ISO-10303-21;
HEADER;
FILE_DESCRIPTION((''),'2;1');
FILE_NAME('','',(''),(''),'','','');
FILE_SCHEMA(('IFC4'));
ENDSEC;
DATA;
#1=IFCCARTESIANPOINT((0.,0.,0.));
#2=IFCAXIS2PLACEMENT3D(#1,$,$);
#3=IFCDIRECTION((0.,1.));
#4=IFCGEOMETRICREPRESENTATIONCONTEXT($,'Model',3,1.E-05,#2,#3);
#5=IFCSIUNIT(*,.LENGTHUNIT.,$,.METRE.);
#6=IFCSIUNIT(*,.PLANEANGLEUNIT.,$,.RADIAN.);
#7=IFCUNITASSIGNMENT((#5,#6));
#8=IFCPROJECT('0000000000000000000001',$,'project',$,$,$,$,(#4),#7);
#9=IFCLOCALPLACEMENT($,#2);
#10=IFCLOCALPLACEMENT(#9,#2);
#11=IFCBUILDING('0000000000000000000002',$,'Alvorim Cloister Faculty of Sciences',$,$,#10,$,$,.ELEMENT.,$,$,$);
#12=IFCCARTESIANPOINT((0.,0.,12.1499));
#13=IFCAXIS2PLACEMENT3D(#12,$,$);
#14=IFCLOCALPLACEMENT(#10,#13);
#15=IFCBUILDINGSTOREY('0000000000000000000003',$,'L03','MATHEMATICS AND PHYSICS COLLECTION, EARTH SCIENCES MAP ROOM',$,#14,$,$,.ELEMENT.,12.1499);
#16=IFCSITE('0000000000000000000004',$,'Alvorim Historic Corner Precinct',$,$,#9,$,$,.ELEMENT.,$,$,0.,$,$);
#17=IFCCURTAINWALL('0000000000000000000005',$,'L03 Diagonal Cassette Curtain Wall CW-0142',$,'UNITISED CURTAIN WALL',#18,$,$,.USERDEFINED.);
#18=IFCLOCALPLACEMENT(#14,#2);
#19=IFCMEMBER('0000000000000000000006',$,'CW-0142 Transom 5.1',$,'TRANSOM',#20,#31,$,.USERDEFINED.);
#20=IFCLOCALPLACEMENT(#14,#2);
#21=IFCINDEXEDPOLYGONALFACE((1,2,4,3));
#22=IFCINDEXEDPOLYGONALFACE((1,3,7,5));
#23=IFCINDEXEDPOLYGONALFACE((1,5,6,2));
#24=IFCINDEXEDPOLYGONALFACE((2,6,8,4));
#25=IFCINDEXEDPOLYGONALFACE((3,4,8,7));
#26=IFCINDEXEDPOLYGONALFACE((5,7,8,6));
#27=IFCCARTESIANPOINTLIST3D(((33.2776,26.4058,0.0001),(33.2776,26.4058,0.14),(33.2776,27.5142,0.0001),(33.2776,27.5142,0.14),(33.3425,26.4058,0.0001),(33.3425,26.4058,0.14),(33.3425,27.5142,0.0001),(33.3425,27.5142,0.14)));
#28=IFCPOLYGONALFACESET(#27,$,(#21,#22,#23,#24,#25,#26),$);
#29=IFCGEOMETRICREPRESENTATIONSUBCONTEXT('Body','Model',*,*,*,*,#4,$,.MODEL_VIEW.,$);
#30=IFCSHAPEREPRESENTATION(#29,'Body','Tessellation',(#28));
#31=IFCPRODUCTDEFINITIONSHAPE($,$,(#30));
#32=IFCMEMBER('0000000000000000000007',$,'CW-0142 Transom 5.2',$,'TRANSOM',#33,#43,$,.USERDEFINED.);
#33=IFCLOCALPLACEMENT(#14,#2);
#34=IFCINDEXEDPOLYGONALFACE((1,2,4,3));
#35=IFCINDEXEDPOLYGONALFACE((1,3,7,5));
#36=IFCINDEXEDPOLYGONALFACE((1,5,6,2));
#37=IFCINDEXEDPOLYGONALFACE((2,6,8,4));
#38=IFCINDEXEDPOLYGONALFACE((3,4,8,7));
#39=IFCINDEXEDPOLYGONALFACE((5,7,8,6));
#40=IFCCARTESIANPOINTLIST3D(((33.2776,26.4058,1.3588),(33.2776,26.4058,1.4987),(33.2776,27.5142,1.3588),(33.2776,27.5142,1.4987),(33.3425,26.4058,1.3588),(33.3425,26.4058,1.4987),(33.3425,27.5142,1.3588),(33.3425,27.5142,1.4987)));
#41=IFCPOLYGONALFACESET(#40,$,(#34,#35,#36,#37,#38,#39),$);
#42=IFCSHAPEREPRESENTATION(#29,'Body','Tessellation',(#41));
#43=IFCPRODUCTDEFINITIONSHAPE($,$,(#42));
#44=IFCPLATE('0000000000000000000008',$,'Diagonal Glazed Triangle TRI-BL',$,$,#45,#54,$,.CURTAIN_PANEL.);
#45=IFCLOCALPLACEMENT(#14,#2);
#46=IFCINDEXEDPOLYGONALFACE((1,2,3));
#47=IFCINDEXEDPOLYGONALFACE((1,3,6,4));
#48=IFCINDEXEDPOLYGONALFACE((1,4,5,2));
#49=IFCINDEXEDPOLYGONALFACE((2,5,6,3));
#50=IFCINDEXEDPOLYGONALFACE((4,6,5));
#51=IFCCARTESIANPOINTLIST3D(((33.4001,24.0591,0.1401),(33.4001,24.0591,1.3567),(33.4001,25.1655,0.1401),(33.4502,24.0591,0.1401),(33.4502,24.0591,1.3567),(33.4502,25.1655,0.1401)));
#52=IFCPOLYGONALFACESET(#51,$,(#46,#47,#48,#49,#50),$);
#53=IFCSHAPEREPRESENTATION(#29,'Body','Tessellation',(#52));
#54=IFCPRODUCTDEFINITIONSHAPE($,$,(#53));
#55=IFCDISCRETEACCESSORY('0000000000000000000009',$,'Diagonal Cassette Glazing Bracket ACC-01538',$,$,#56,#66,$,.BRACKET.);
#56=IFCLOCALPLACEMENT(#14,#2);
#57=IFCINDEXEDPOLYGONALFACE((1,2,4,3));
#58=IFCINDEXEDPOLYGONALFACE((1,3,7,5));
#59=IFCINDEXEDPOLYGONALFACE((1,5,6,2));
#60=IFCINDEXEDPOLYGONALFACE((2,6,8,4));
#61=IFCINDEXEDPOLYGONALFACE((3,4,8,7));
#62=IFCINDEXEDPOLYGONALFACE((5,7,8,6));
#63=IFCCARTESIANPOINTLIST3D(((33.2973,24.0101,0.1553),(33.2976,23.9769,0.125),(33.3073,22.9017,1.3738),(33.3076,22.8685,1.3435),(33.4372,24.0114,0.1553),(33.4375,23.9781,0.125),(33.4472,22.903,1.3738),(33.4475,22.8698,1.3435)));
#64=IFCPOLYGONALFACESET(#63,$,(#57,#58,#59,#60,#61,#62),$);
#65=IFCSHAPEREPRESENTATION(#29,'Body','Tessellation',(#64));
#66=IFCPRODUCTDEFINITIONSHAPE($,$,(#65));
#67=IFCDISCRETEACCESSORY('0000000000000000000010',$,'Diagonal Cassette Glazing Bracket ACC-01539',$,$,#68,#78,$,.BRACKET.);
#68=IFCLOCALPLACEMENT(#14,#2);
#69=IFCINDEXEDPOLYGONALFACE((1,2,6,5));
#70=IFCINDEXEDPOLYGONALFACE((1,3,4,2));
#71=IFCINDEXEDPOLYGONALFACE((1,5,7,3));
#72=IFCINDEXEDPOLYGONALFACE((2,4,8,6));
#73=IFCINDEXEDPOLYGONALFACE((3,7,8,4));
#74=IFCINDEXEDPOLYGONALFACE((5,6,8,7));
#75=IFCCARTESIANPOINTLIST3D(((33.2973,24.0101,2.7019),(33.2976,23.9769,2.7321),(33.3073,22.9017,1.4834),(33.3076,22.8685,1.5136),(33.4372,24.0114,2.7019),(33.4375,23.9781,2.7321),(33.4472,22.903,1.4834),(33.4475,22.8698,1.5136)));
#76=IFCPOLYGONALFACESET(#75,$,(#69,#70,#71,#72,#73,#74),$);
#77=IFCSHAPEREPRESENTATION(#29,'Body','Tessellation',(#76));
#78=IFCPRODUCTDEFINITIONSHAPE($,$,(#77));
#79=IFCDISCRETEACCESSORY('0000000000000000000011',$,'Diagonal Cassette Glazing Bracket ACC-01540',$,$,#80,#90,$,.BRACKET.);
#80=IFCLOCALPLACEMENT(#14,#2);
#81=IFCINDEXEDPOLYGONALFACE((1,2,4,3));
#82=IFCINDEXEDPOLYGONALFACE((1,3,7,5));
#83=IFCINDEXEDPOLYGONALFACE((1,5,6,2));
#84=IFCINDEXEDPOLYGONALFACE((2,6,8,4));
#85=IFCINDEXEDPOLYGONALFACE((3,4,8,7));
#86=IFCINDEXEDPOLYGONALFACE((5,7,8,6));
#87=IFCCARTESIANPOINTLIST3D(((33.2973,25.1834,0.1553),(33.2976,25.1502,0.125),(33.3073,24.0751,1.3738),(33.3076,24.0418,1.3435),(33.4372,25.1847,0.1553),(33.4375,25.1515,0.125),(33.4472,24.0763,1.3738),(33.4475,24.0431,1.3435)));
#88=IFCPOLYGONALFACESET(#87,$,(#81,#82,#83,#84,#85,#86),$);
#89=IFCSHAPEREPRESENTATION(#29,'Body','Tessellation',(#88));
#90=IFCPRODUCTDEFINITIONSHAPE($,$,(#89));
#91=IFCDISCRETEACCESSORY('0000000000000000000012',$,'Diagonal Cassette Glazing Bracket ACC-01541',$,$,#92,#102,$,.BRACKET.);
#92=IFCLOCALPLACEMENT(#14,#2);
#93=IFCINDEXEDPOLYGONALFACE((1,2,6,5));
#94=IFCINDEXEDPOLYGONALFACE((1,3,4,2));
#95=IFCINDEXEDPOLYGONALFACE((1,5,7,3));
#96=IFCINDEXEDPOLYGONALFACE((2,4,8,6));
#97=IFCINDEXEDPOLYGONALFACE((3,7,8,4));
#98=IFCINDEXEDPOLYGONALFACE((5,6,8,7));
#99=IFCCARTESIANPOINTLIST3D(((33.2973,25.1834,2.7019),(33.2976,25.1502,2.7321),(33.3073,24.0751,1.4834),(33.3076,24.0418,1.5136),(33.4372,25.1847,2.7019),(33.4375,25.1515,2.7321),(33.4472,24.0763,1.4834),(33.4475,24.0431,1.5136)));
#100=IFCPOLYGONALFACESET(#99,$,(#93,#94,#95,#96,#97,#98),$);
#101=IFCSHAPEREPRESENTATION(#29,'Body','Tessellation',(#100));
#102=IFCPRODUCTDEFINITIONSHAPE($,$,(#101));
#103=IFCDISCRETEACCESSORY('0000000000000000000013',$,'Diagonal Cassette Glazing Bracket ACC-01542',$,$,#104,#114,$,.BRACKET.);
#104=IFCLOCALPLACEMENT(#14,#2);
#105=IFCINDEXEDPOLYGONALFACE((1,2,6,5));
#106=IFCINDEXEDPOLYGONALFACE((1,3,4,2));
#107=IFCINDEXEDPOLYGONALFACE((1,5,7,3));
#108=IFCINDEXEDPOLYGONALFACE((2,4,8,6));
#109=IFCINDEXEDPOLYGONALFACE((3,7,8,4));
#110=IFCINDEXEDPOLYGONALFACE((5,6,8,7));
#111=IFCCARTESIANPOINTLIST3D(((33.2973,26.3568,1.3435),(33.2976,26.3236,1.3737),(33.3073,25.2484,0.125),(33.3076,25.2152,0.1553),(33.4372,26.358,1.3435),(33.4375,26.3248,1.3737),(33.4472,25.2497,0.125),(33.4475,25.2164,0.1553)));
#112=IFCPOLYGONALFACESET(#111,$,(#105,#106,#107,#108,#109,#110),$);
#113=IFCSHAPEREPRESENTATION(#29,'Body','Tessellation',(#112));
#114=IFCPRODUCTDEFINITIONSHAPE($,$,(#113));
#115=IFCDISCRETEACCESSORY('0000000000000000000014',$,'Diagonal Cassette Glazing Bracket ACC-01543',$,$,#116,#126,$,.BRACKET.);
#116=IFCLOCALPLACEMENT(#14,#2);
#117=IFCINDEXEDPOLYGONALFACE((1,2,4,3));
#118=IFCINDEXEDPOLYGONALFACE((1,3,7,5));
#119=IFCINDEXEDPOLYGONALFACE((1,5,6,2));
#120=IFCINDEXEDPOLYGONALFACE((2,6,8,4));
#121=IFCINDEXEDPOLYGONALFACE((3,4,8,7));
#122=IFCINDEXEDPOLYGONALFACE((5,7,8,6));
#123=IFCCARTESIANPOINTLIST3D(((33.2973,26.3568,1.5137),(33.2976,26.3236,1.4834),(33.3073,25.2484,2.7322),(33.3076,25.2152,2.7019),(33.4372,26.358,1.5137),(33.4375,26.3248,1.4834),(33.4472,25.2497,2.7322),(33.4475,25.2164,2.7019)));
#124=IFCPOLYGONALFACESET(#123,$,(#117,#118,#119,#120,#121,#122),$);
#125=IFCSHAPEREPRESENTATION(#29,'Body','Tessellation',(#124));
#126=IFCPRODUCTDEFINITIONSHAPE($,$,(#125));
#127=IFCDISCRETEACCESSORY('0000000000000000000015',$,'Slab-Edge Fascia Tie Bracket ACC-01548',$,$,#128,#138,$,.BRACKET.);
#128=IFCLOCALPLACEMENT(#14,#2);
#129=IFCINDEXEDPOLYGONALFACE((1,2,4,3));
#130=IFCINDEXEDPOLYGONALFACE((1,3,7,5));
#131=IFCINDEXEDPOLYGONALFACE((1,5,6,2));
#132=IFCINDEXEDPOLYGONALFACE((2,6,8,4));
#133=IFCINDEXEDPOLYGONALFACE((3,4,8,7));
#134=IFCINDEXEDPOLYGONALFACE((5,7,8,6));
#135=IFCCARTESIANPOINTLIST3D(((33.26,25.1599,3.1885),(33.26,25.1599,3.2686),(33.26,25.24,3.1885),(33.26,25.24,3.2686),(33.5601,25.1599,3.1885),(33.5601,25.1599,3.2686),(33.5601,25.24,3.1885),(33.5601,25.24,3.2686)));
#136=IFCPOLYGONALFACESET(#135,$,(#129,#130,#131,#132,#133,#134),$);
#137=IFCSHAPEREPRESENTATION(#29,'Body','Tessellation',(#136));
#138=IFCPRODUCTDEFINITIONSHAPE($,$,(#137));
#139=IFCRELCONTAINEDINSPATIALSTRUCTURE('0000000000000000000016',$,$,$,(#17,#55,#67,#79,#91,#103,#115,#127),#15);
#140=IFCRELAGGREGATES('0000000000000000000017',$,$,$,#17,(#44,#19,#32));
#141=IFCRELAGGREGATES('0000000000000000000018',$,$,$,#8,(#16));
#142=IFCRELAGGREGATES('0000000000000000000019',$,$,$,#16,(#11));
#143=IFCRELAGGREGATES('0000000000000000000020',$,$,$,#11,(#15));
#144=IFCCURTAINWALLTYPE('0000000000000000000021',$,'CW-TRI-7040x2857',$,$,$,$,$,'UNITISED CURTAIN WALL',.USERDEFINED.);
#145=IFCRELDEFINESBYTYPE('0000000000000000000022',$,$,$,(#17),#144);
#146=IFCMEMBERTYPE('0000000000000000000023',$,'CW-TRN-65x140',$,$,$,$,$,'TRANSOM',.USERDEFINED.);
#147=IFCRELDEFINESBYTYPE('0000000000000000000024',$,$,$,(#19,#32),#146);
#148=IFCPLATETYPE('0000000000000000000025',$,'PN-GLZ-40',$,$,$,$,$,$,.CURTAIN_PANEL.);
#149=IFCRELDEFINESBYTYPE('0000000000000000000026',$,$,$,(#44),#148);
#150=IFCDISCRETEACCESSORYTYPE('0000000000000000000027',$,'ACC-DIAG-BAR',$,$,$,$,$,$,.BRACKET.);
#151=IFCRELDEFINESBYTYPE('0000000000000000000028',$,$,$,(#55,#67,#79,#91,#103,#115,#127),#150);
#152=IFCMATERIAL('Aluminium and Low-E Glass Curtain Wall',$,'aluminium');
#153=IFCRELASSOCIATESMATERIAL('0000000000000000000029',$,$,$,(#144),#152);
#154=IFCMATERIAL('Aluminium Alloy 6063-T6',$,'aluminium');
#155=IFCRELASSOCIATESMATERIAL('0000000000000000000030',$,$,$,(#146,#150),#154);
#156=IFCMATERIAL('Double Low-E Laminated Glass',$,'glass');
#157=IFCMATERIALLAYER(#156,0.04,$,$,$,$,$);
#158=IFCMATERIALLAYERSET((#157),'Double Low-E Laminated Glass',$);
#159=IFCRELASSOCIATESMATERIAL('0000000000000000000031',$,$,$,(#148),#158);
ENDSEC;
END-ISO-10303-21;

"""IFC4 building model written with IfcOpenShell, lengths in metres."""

from ifc_helpers import new_model, si_unit, direction, frame, origin, origin_2d, place, context, subcontext, project, spatial, polyline, rectangle, outline, extrude, material, layer, layer_set, material_profile, profile_set, type_object, element, aggregate, save


model = new_model("IFC4")

# Units and contexts
model_context = context("Model", 3, precision=1e-05, world=origin(), true_north=direction((0.0, 1.0)))
body_context = subcontext(model_context, "Body", "Model", "MODEL_VIEW")
ifc_project = project(units=[si_unit("LENGTHUNIT", "METRE"), si_unit("PLANEANGLEUNIT", "RADIAN")], contexts=[model_context])

# Site, building, storey
site_placement = place(None, origin())
site = spatial("IfcSite", under=ifc_project, at=site_placement, Name="Alvorim Historic Corner Precinct", CompositionType="ELEMENT", RefElevation=0.0)
building_placement = place(site_placement, origin())
building = spatial("IfcBuilding", under=site, at=building_placement, Name="Alvorim Cloister Faculty of Sciences", CompositionType="ELEMENT")
storey_placement = place(building_placement, frame((0.0, 0.0, 12.1499)))
storey = spatial("IfcBuildingStorey", under=building, at=storey_placement, Name="L03", Description="MATHEMATICS AND PHYSICS COLLECTION, EARTH SCIENCES MAP ROOM", CompositionType="ELEMENT", Elevation=12.1499)

# Curtain wall, members, plate
ifc_material_1 = material(Name="Aluminium and Low-E Glass Curtain Wall", Category="aluminium")
curtain_wall_type = type_object("IfcCurtainWallType", Name="CW-TRI-7040x2857", ElementType="UNITISED CURTAIN WALL", PredefinedType="USERDEFINED", material=ifc_material_1)
curtain_wall_placement = place(storey_placement, origin())
curtain_wall = element("IfcCurtainWall", 1, at=curtain_wall_placement, inside=storey, type_object=curtain_wall_type, Name="L03 Diagonal Cassette Curtain Wall CW-0142", ObjectType="UNITISED CURTAIN WALL", PredefinedType="USERDEFINED")
ifc_material_2 = material(Name="Aluminium Alloy 6063-T6", Category="aluminium")
ifc_material_profile_1 = material_profile(ifc_material_2, rectangle(XDim=0.0649, YDim=0.1399, at=origin_2d()), Name="ALU-TRN-65x140")
ifc_profile_set_1 = profile_set([ifc_material_profile_1], Name="Aluminium Alloy 6063-T6")
member_type_1 = type_object("IfcMemberType", Name="CW-TRN-65x140", ElementType="TRANSOM", PredefinedType="USERDEFINED", material=ifc_profile_set_1)
member_1_placement = place(storey_placement, frame((33.3101, 26.4058, 0.0701), z_axis=(0.0, 1.0, 0.0), x_axis=(-1.0, 0.0, 0.0)))
member_1 = element("IfcMember", 2, at=member_1_placement, type_object=member_type_1, Name="CW-0142 Transom 5.1", ObjectType="TRANSOM", PredefinedType="USERDEFINED", context=body_context, shape_type="SweptSolid", body=[
    extrude(rectangle(XDim=0.0649, YDim=0.1399, at=origin_2d()), origin(), (0.0, 0.0, 1.0), 1.1084),
])
member_2_placement = place(storey_placement, frame((33.3101, 26.4058, 1.4287), z_axis=(0.0, 1.0, 0.0), x_axis=(-1.0, 0.0, 0.0)))
member_2 = element("IfcMember", 3, at=member_2_placement, type_object=member_type_1, Name="CW-0142 Transom 5.2", ObjectType="TRANSOM", PredefinedType="USERDEFINED", context=body_context, shape_type="SweptSolid", body=[
    extrude(rectangle(XDim=0.0649, YDim=0.1399, at=origin_2d()), origin(), (0.0, 0.0, 1.0), 1.1084),
])
ifc_material_3 = material(Name="Double Low-E Laminated Glass", Category="glass")
ifc_layer = layer(ifc_material_3, 0.04)
ifc_layer_set = layer_set([ifc_layer], Name="Double Low-E Laminated Glass")
plate_type = type_object("IfcPlateType", Name="PN-GLZ-40", PredefinedType="CURTAIN_PANEL", material=ifc_layer_set)
plate_1_placement = place(storey_placement, frame((33.425, 24.0591, 0.1401), z_axis=(0.0, 0.0, 1.0), x_axis=(0.0, 1.0, 0.0)))
plate_1 = element("IfcPlate", 4, at=plate_1_placement, type_object=plate_type, Name="Diagonal Glazed Triangle TRI-BL", PredefinedType="CURTAIN_PANEL", context=body_context, shape_type="SweptSolid", body=[
    extrude(outline(polyline([(0.0, 0.0), (1.1064, 0.0), (0.0, 1.2166), (0.0, 0.0)])), frame((0.0, 0.0249, 0.0), z_axis=(0.0, -1.0, 0.0), x_axis=(1.0, 0.0, 0.0)), (0.0, 0.0, 1.0), 0.05),
])
aggregate(curtain_wall, [plate_1, member_1, member_2])

# Discrete accessories
discrete_accessory_type = type_object("IfcDiscreteAccessoryType", Name="ACC-DIAG-BAR", PredefinedType="BRACKET", material=ifc_material_2)
for number, where, z_axis, x_axis, name in (
    (5, (33.3774, 22.8857, 1.3586), (-0.006077, 0.672882, -0.739725), (-0.999959, -0.00903, 0.0), "Diagonal Cassette Glazing Bracket ACC-01538"),
    (6, (33.3774, 22.8857, 1.4985), (-0.006077, 0.672882, 0.739725), (-0.999959, -0.00903, 0.0), "Diagonal Cassette Glazing Bracket ACC-01539"),
    (7, (33.3774, 24.0591, 1.3586), (-0.006077, 0.672882, -0.739725), (-0.999959, -0.00903, 0.0), "Diagonal Cassette Glazing Bracket ACC-01540"),
    (8, (33.3774, 24.0591, 1.4985), (-0.006077, 0.672882, 0.739725), (-0.999959, -0.00903, 0.0), "Diagonal Cassette Glazing Bracket ACC-01541"),
    (9, (33.3774, 25.2324, 0.1401), (-0.006077, 0.672882, 0.739725), (-0.999959, -0.00903, 0.0), "Diagonal Cassette Glazing Bracket ACC-01542"),
    (10, (33.3774, 25.2324, 2.717), (-0.006077, 0.672882, -0.739725), (-0.999959, -0.00903, 0.0), "Diagonal Cassette Glazing Bracket ACC-01543"),
):
    element("IfcDiscreteAccessory", number, at=place(storey_placement, frame(where, z_axis=z_axis, x_axis=x_axis)), inside=storey, type_object=discrete_accessory_type, Name=name, PredefinedType="BRACKET", context=body_context, shape_type="SweptSolid", body=[
        extrude(rectangle(XDim=0.1399, YDim=0.0449, at=origin_2d()), origin(), (0.0, 0.0, 1.0), 1.6472),
    ])
discrete_accessory_placement = place(storey_placement, frame((33.26, 25.2, 3.2285), z_axis=(1.0, 0.0, 0.0), x_axis=(0.0, 1.0, 0.0)))
element("IfcDiscreteAccessory", 11, at=discrete_accessory_placement, inside=storey, type_object=discrete_accessory_type, Name="Slab-Edge Fascia Tie Bracket ACC-01548", PredefinedType="BRACKET", context=body_context, shape_type="SweptSolid", body=[
    extrude(rectangle(XDim=0.0801, YDim=0.0801, at=origin_2d()), origin(), (0.0, 0.0, 1.0), 0.3),
])

save(model, "model.ifc")
